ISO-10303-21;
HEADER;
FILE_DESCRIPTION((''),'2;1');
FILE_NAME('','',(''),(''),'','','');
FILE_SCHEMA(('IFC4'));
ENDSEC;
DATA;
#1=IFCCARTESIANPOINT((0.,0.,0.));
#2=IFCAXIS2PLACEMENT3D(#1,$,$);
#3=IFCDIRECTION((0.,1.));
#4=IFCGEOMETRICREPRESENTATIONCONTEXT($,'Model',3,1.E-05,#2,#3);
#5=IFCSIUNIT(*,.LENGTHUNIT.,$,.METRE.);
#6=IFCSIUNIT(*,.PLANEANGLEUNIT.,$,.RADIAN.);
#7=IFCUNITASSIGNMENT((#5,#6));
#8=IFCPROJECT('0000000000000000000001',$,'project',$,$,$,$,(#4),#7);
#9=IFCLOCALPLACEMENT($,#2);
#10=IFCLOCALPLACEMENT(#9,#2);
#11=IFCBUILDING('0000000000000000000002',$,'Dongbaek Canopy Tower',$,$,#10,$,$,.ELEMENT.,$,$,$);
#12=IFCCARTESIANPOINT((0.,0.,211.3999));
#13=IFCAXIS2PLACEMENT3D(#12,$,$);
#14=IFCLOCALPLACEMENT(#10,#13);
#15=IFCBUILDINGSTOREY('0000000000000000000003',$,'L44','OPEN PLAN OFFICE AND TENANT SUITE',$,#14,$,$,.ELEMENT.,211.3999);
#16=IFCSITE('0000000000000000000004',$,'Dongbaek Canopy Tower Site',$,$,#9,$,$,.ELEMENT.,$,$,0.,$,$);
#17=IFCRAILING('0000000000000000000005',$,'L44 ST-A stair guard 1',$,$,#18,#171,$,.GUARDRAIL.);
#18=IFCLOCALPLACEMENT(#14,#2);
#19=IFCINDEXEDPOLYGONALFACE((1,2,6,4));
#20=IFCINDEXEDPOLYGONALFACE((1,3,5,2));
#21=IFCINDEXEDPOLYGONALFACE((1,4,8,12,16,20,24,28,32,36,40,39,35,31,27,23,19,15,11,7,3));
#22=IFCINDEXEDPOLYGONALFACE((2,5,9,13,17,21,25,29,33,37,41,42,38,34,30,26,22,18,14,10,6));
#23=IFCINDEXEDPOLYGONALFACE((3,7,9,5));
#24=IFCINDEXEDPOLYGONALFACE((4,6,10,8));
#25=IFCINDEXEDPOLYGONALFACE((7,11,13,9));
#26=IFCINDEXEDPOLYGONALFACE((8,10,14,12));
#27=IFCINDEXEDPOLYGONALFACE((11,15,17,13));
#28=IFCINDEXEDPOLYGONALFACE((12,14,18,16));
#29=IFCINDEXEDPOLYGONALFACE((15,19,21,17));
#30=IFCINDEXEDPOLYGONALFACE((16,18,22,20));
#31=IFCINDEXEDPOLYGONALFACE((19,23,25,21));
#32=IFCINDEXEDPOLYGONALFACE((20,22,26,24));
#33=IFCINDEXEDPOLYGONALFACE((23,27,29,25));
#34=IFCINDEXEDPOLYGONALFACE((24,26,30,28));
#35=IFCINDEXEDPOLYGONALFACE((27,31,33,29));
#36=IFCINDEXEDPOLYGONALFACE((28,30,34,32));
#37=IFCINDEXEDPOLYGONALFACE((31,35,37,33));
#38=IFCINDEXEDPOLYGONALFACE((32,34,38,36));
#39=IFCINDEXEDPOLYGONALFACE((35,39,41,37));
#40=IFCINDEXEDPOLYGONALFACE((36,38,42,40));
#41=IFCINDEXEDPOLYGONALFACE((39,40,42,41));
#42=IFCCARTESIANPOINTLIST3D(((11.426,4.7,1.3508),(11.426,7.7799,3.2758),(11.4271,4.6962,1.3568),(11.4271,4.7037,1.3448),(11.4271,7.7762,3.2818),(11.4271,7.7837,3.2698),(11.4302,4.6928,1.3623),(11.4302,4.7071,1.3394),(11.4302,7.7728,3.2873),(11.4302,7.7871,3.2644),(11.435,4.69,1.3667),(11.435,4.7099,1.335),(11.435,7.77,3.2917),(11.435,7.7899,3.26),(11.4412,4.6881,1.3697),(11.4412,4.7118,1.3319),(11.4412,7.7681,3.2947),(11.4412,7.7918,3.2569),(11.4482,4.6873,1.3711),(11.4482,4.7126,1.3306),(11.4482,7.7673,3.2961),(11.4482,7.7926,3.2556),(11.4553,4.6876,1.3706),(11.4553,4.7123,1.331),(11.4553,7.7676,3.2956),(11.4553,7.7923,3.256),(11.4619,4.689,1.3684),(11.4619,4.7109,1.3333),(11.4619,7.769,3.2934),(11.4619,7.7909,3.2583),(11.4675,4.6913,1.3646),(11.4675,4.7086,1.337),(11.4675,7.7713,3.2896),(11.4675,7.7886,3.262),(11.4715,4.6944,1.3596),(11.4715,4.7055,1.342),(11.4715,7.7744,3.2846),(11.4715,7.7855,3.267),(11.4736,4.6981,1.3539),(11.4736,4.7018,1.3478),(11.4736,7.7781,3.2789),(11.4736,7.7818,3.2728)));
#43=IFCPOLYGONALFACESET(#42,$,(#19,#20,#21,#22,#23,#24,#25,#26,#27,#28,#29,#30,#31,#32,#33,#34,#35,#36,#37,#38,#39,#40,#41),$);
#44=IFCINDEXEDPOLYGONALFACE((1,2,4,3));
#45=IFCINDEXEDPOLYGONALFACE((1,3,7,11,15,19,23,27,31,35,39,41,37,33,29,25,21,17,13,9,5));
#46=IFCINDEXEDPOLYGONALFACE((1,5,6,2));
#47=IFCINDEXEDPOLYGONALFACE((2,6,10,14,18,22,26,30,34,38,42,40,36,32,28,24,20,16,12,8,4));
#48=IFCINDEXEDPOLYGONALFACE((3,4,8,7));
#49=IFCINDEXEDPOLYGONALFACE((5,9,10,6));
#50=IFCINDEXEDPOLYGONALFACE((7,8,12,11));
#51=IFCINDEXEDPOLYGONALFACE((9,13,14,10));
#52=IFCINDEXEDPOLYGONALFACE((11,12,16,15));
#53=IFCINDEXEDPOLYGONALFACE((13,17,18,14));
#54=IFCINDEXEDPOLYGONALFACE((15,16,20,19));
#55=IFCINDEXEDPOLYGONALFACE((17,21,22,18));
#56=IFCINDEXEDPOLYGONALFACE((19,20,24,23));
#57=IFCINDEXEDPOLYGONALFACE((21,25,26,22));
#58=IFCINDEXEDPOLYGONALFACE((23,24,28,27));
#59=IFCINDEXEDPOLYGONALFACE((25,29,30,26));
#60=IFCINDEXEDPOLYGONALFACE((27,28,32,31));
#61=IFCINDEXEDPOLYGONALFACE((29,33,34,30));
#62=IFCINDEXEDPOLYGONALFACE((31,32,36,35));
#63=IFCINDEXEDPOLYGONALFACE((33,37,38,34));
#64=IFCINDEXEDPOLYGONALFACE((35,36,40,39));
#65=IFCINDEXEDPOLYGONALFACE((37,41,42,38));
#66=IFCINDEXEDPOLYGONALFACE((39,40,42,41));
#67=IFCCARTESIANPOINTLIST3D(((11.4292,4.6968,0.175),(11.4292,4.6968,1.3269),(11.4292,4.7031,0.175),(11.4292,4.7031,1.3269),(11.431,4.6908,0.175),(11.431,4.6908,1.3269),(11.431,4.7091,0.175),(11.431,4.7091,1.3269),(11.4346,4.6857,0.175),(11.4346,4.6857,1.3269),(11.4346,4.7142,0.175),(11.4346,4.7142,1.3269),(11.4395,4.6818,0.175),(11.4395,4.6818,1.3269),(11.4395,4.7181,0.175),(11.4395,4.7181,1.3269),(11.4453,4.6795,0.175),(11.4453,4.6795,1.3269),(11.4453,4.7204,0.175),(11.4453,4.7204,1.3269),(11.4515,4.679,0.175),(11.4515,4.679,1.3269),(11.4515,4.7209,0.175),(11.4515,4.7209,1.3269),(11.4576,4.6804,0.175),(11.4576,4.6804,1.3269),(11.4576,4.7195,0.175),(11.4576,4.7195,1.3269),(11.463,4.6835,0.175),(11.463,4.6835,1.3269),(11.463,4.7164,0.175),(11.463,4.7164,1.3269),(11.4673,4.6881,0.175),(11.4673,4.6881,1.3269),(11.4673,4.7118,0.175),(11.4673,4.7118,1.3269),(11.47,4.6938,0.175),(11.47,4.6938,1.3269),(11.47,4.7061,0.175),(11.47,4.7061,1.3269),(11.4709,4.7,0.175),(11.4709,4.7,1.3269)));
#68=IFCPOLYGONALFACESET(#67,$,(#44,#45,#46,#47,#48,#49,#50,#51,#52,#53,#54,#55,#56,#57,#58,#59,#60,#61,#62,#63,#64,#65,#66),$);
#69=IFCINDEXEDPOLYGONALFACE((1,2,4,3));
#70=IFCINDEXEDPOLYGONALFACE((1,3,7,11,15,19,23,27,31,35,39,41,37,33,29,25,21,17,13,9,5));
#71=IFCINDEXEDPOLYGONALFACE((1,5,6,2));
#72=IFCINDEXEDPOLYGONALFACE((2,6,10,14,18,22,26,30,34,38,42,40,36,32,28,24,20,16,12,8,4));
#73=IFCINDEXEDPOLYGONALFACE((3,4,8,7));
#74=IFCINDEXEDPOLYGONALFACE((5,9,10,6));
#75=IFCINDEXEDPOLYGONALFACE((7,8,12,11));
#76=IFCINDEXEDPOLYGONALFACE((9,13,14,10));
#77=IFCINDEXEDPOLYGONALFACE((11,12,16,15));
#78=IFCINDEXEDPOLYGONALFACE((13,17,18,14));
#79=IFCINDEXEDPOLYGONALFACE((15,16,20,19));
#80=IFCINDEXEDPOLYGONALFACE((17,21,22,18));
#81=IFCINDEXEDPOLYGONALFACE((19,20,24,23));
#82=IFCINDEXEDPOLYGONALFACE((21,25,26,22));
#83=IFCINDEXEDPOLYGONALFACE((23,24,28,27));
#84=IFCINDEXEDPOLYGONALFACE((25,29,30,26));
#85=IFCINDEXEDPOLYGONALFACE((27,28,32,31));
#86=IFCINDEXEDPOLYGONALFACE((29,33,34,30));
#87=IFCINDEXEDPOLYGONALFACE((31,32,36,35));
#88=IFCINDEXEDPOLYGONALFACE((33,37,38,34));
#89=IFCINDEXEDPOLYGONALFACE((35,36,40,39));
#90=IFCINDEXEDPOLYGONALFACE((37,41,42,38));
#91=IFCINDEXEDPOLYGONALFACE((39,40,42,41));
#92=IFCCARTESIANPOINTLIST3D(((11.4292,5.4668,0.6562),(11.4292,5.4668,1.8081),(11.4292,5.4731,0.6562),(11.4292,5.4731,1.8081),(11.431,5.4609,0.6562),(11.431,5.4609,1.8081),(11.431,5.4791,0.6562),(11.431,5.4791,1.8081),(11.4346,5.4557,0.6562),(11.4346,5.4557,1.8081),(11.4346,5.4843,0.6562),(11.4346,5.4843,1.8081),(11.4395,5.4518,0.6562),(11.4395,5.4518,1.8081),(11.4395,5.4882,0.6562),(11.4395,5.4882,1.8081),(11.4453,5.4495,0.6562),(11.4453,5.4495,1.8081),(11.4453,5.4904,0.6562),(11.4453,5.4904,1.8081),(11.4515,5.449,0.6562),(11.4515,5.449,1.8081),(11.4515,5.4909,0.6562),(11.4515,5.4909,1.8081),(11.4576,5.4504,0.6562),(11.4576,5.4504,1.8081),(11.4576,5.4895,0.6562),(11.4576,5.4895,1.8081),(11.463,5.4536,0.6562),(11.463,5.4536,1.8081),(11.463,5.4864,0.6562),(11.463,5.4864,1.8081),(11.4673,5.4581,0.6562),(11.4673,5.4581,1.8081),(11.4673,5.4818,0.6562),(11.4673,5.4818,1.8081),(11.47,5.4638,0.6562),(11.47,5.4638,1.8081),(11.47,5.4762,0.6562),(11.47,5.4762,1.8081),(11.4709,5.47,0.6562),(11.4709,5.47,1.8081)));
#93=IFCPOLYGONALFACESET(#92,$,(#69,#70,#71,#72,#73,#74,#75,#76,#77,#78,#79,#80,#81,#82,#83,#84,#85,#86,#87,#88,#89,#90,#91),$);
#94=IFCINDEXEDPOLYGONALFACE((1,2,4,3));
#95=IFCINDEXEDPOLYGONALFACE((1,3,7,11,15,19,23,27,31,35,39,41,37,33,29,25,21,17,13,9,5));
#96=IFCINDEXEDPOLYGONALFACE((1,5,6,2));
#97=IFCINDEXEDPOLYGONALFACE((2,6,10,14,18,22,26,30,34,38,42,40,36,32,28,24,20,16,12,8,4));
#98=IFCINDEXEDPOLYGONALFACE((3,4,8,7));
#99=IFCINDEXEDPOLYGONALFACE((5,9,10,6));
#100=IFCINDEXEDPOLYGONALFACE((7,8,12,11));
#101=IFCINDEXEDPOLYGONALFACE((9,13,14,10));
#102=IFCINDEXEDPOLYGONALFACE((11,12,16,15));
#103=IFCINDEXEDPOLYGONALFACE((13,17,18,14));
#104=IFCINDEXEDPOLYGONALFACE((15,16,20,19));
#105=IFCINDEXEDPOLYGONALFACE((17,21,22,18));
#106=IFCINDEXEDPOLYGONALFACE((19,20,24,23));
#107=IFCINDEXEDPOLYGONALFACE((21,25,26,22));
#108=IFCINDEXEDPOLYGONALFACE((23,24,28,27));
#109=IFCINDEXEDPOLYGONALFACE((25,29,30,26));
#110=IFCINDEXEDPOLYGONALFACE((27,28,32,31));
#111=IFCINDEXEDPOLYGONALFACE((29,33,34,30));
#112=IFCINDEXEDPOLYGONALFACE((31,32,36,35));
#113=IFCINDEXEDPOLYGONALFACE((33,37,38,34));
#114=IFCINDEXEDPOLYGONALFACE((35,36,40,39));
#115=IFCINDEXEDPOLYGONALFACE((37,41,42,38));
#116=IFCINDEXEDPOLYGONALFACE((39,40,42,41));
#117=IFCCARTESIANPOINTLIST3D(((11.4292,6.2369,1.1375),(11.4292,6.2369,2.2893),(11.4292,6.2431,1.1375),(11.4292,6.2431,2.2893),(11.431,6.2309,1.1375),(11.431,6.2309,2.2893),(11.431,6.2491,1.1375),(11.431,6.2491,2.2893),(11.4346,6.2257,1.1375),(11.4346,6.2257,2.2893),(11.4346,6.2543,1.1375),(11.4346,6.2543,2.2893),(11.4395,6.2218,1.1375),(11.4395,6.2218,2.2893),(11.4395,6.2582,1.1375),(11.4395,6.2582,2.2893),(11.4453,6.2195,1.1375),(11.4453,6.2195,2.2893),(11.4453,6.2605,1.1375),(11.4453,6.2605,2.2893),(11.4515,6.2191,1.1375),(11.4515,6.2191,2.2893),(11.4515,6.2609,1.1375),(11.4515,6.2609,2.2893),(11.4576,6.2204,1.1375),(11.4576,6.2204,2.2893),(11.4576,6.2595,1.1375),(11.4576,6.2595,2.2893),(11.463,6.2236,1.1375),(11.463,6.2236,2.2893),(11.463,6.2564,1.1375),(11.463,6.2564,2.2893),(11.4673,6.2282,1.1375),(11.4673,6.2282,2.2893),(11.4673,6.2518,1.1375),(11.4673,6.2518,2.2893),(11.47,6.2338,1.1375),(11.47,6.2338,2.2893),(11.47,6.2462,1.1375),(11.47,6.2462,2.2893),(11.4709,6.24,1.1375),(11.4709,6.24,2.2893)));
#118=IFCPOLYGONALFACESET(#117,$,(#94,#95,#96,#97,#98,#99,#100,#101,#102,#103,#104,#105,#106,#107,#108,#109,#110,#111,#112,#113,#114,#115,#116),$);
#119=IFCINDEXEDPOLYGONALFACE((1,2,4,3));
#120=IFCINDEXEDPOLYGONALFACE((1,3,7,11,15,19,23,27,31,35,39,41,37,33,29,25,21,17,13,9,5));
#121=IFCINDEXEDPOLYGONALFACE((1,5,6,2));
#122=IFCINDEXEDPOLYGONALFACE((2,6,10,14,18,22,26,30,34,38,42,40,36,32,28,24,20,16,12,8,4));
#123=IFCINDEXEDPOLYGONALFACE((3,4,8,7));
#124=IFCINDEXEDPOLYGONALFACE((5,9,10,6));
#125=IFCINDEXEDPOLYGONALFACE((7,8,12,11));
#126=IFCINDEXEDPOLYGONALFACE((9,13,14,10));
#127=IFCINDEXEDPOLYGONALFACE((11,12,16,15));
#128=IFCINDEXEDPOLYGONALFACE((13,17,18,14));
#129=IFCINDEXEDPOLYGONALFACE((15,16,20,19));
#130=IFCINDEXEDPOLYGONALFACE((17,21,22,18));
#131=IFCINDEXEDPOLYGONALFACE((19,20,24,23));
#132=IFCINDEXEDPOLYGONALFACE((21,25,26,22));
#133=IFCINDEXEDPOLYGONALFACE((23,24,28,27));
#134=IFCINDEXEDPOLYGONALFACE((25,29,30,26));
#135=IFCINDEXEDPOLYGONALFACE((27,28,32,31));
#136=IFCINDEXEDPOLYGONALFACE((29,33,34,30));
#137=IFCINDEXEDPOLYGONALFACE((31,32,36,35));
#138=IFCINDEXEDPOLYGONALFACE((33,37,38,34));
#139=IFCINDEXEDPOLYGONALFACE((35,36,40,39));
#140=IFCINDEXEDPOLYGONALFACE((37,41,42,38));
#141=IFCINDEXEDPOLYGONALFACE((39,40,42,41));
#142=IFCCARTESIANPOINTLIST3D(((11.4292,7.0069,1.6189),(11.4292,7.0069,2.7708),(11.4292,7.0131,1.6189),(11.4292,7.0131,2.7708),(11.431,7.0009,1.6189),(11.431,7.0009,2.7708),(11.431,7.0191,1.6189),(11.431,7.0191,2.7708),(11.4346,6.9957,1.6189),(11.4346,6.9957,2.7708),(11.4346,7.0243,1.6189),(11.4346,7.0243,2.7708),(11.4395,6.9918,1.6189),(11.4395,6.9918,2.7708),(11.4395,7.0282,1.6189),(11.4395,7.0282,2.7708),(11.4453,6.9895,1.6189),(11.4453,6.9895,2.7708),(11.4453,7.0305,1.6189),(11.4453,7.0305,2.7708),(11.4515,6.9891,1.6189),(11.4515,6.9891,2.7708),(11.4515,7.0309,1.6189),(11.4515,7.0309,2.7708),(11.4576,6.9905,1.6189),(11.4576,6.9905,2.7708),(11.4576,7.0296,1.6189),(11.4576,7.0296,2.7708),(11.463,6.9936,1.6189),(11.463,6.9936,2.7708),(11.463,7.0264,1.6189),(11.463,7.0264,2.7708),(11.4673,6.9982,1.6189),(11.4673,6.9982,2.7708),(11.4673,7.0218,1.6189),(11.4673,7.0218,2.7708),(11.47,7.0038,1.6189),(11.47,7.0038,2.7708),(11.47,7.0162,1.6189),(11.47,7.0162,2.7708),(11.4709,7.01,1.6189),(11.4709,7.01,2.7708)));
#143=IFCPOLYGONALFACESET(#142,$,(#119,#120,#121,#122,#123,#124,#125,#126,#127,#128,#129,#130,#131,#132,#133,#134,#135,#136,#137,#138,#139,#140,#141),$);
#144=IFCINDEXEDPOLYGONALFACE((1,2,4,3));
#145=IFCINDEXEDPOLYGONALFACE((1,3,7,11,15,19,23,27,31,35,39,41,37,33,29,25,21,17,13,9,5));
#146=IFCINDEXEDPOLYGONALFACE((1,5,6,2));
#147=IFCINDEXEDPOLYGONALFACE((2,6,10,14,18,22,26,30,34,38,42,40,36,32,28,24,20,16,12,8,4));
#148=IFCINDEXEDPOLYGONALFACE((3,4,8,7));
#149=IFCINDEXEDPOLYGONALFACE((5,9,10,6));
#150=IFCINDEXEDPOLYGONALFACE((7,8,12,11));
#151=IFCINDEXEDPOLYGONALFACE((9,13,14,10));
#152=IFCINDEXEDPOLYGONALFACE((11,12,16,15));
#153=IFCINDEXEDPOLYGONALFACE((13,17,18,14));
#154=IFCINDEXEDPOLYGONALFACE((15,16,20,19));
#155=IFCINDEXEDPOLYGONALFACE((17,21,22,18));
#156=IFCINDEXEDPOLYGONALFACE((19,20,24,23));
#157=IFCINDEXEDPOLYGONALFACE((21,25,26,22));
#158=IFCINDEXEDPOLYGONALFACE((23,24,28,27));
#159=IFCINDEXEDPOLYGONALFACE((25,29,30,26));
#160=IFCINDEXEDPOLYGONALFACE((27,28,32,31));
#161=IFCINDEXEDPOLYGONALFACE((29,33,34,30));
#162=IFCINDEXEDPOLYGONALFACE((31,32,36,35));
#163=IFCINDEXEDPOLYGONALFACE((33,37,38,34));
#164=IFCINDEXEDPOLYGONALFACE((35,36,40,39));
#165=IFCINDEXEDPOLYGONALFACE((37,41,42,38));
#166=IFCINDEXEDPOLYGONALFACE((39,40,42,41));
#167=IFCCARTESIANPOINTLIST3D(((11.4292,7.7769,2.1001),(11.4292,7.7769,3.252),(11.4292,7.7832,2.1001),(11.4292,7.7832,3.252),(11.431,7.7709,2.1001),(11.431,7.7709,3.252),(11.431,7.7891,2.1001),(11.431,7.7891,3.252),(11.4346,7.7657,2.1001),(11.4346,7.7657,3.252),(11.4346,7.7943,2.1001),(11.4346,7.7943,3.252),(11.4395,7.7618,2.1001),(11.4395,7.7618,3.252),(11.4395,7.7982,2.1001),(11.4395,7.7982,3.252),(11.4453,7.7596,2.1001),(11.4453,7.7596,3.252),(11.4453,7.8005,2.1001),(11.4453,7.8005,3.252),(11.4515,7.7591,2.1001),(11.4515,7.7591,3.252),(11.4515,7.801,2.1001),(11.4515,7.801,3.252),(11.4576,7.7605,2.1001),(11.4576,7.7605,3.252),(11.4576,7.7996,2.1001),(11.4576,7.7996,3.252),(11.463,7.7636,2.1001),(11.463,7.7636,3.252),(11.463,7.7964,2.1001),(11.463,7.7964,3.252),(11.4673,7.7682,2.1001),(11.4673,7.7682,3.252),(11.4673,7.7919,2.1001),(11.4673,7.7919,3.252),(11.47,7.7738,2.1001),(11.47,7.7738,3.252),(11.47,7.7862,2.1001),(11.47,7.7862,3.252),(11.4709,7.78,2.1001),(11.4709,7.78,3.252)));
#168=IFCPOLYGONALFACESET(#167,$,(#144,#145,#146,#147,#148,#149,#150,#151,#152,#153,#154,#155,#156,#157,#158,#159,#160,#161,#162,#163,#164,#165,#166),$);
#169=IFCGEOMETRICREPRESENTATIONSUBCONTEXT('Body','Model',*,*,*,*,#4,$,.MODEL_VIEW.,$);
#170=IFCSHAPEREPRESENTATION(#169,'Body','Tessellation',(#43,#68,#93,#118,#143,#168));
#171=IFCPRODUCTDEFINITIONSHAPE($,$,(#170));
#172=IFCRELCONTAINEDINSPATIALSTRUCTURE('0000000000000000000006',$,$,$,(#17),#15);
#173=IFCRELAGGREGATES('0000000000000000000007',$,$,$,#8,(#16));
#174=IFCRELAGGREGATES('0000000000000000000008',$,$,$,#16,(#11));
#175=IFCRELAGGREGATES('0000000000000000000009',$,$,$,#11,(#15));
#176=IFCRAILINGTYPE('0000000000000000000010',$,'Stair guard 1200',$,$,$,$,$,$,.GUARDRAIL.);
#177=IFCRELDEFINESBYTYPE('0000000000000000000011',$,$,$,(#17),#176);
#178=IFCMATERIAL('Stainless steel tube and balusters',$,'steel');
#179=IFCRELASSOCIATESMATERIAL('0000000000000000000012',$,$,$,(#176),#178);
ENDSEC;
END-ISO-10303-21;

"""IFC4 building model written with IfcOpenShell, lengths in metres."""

from ifc_helpers import new_model, si_unit, direction, frame, origin, origin_2d, place, context, subcontext, project, spatial, circle, extrude, material, type_object, element, save


model = new_model("IFC4")

# Units and contexts
model_context = context("Model", 3, precision=1e-05, world=origin(), true_north=direction((0.0, 1.0)))
body_context = subcontext(model_context, "Body", "Model", "MODEL_VIEW")
ifc_project = project(units=[si_unit("LENGTHUNIT", "METRE"), si_unit("PLANEANGLEUNIT", "RADIAN")], contexts=[model_context])

# Site, building, storey
site_placement = place(None, origin())
site = spatial("IfcSite", under=ifc_project, at=site_placement, Name="Dongbaek Canopy Tower Site", CompositionType="ELEMENT", RefElevation=0.0)
building_placement = place(site_placement, origin())
building = spatial("IfcBuilding", under=site, at=building_placement, Name="Dongbaek Canopy Tower", CompositionType="ELEMENT")
storey_placement = place(building_placement, frame((0.0, 0.0, 211.3999)))
storey = spatial("IfcBuildingStorey", under=building, at=storey_placement, Name="L44", Description="OPEN PLAN OFFICE AND TENANT SUITE", CompositionType="ELEMENT", Elevation=211.3999)

# Railing
ifc_material_1 = material(Name="Stainless steel tube and balusters", Category="steel")
railing_type_1 = type_object("IfcRailingType", Name="Stair guard 1200", PredefinedType="GUARDRAIL", material=ifc_material_1)
railing_1_placement = place(storey_placement, frame((11.45, 4.7, 0.175)))
element("IfcRailing", 1, at=railing_1_placement, inside=storey, type_object=railing_type_1, Name="L44 ST-A stair guard 1", PredefinedType="GUARDRAIL", context=body_context, shape_type="SweptSolid", body=[
    extrude(circle(Radius=0.0239, at=origin_2d()), frame((0.0, 0.0, 1.1758), z_axis=(0.0, 0.847998, 0.529999), x_axis=(-1.0, 0.0, 0.0)), (0.0, 0.0, 1.0), 3.6321),
    extrude(circle(Radius=0.021, at=origin_2d()), origin(), (0.0, 0.0, 1.0), 1.1519),
    extrude(circle(Radius=0.021, at=origin_2d()), frame((0.0, 0.77, 0.4812)), (0.0, 0.0, 1.0), 1.1519),
    extrude(circle(Radius=0.021, at=origin_2d()), frame((0.0, 1.54, 0.9624)), (0.0, 0.0, 1.0), 1.1519),
    extrude(circle(Radius=0.021, at=origin_2d()), frame((0.0, 2.3101, 1.4438)), (0.0, 0.0, 1.0), 1.1519),
    extrude(circle(Radius=0.021, at=origin_2d()), frame((0.0, 3.0801, 1.925)), (0.0, 0.0, 1.0), 1.1519),
])

save(model, "model.ifc")
